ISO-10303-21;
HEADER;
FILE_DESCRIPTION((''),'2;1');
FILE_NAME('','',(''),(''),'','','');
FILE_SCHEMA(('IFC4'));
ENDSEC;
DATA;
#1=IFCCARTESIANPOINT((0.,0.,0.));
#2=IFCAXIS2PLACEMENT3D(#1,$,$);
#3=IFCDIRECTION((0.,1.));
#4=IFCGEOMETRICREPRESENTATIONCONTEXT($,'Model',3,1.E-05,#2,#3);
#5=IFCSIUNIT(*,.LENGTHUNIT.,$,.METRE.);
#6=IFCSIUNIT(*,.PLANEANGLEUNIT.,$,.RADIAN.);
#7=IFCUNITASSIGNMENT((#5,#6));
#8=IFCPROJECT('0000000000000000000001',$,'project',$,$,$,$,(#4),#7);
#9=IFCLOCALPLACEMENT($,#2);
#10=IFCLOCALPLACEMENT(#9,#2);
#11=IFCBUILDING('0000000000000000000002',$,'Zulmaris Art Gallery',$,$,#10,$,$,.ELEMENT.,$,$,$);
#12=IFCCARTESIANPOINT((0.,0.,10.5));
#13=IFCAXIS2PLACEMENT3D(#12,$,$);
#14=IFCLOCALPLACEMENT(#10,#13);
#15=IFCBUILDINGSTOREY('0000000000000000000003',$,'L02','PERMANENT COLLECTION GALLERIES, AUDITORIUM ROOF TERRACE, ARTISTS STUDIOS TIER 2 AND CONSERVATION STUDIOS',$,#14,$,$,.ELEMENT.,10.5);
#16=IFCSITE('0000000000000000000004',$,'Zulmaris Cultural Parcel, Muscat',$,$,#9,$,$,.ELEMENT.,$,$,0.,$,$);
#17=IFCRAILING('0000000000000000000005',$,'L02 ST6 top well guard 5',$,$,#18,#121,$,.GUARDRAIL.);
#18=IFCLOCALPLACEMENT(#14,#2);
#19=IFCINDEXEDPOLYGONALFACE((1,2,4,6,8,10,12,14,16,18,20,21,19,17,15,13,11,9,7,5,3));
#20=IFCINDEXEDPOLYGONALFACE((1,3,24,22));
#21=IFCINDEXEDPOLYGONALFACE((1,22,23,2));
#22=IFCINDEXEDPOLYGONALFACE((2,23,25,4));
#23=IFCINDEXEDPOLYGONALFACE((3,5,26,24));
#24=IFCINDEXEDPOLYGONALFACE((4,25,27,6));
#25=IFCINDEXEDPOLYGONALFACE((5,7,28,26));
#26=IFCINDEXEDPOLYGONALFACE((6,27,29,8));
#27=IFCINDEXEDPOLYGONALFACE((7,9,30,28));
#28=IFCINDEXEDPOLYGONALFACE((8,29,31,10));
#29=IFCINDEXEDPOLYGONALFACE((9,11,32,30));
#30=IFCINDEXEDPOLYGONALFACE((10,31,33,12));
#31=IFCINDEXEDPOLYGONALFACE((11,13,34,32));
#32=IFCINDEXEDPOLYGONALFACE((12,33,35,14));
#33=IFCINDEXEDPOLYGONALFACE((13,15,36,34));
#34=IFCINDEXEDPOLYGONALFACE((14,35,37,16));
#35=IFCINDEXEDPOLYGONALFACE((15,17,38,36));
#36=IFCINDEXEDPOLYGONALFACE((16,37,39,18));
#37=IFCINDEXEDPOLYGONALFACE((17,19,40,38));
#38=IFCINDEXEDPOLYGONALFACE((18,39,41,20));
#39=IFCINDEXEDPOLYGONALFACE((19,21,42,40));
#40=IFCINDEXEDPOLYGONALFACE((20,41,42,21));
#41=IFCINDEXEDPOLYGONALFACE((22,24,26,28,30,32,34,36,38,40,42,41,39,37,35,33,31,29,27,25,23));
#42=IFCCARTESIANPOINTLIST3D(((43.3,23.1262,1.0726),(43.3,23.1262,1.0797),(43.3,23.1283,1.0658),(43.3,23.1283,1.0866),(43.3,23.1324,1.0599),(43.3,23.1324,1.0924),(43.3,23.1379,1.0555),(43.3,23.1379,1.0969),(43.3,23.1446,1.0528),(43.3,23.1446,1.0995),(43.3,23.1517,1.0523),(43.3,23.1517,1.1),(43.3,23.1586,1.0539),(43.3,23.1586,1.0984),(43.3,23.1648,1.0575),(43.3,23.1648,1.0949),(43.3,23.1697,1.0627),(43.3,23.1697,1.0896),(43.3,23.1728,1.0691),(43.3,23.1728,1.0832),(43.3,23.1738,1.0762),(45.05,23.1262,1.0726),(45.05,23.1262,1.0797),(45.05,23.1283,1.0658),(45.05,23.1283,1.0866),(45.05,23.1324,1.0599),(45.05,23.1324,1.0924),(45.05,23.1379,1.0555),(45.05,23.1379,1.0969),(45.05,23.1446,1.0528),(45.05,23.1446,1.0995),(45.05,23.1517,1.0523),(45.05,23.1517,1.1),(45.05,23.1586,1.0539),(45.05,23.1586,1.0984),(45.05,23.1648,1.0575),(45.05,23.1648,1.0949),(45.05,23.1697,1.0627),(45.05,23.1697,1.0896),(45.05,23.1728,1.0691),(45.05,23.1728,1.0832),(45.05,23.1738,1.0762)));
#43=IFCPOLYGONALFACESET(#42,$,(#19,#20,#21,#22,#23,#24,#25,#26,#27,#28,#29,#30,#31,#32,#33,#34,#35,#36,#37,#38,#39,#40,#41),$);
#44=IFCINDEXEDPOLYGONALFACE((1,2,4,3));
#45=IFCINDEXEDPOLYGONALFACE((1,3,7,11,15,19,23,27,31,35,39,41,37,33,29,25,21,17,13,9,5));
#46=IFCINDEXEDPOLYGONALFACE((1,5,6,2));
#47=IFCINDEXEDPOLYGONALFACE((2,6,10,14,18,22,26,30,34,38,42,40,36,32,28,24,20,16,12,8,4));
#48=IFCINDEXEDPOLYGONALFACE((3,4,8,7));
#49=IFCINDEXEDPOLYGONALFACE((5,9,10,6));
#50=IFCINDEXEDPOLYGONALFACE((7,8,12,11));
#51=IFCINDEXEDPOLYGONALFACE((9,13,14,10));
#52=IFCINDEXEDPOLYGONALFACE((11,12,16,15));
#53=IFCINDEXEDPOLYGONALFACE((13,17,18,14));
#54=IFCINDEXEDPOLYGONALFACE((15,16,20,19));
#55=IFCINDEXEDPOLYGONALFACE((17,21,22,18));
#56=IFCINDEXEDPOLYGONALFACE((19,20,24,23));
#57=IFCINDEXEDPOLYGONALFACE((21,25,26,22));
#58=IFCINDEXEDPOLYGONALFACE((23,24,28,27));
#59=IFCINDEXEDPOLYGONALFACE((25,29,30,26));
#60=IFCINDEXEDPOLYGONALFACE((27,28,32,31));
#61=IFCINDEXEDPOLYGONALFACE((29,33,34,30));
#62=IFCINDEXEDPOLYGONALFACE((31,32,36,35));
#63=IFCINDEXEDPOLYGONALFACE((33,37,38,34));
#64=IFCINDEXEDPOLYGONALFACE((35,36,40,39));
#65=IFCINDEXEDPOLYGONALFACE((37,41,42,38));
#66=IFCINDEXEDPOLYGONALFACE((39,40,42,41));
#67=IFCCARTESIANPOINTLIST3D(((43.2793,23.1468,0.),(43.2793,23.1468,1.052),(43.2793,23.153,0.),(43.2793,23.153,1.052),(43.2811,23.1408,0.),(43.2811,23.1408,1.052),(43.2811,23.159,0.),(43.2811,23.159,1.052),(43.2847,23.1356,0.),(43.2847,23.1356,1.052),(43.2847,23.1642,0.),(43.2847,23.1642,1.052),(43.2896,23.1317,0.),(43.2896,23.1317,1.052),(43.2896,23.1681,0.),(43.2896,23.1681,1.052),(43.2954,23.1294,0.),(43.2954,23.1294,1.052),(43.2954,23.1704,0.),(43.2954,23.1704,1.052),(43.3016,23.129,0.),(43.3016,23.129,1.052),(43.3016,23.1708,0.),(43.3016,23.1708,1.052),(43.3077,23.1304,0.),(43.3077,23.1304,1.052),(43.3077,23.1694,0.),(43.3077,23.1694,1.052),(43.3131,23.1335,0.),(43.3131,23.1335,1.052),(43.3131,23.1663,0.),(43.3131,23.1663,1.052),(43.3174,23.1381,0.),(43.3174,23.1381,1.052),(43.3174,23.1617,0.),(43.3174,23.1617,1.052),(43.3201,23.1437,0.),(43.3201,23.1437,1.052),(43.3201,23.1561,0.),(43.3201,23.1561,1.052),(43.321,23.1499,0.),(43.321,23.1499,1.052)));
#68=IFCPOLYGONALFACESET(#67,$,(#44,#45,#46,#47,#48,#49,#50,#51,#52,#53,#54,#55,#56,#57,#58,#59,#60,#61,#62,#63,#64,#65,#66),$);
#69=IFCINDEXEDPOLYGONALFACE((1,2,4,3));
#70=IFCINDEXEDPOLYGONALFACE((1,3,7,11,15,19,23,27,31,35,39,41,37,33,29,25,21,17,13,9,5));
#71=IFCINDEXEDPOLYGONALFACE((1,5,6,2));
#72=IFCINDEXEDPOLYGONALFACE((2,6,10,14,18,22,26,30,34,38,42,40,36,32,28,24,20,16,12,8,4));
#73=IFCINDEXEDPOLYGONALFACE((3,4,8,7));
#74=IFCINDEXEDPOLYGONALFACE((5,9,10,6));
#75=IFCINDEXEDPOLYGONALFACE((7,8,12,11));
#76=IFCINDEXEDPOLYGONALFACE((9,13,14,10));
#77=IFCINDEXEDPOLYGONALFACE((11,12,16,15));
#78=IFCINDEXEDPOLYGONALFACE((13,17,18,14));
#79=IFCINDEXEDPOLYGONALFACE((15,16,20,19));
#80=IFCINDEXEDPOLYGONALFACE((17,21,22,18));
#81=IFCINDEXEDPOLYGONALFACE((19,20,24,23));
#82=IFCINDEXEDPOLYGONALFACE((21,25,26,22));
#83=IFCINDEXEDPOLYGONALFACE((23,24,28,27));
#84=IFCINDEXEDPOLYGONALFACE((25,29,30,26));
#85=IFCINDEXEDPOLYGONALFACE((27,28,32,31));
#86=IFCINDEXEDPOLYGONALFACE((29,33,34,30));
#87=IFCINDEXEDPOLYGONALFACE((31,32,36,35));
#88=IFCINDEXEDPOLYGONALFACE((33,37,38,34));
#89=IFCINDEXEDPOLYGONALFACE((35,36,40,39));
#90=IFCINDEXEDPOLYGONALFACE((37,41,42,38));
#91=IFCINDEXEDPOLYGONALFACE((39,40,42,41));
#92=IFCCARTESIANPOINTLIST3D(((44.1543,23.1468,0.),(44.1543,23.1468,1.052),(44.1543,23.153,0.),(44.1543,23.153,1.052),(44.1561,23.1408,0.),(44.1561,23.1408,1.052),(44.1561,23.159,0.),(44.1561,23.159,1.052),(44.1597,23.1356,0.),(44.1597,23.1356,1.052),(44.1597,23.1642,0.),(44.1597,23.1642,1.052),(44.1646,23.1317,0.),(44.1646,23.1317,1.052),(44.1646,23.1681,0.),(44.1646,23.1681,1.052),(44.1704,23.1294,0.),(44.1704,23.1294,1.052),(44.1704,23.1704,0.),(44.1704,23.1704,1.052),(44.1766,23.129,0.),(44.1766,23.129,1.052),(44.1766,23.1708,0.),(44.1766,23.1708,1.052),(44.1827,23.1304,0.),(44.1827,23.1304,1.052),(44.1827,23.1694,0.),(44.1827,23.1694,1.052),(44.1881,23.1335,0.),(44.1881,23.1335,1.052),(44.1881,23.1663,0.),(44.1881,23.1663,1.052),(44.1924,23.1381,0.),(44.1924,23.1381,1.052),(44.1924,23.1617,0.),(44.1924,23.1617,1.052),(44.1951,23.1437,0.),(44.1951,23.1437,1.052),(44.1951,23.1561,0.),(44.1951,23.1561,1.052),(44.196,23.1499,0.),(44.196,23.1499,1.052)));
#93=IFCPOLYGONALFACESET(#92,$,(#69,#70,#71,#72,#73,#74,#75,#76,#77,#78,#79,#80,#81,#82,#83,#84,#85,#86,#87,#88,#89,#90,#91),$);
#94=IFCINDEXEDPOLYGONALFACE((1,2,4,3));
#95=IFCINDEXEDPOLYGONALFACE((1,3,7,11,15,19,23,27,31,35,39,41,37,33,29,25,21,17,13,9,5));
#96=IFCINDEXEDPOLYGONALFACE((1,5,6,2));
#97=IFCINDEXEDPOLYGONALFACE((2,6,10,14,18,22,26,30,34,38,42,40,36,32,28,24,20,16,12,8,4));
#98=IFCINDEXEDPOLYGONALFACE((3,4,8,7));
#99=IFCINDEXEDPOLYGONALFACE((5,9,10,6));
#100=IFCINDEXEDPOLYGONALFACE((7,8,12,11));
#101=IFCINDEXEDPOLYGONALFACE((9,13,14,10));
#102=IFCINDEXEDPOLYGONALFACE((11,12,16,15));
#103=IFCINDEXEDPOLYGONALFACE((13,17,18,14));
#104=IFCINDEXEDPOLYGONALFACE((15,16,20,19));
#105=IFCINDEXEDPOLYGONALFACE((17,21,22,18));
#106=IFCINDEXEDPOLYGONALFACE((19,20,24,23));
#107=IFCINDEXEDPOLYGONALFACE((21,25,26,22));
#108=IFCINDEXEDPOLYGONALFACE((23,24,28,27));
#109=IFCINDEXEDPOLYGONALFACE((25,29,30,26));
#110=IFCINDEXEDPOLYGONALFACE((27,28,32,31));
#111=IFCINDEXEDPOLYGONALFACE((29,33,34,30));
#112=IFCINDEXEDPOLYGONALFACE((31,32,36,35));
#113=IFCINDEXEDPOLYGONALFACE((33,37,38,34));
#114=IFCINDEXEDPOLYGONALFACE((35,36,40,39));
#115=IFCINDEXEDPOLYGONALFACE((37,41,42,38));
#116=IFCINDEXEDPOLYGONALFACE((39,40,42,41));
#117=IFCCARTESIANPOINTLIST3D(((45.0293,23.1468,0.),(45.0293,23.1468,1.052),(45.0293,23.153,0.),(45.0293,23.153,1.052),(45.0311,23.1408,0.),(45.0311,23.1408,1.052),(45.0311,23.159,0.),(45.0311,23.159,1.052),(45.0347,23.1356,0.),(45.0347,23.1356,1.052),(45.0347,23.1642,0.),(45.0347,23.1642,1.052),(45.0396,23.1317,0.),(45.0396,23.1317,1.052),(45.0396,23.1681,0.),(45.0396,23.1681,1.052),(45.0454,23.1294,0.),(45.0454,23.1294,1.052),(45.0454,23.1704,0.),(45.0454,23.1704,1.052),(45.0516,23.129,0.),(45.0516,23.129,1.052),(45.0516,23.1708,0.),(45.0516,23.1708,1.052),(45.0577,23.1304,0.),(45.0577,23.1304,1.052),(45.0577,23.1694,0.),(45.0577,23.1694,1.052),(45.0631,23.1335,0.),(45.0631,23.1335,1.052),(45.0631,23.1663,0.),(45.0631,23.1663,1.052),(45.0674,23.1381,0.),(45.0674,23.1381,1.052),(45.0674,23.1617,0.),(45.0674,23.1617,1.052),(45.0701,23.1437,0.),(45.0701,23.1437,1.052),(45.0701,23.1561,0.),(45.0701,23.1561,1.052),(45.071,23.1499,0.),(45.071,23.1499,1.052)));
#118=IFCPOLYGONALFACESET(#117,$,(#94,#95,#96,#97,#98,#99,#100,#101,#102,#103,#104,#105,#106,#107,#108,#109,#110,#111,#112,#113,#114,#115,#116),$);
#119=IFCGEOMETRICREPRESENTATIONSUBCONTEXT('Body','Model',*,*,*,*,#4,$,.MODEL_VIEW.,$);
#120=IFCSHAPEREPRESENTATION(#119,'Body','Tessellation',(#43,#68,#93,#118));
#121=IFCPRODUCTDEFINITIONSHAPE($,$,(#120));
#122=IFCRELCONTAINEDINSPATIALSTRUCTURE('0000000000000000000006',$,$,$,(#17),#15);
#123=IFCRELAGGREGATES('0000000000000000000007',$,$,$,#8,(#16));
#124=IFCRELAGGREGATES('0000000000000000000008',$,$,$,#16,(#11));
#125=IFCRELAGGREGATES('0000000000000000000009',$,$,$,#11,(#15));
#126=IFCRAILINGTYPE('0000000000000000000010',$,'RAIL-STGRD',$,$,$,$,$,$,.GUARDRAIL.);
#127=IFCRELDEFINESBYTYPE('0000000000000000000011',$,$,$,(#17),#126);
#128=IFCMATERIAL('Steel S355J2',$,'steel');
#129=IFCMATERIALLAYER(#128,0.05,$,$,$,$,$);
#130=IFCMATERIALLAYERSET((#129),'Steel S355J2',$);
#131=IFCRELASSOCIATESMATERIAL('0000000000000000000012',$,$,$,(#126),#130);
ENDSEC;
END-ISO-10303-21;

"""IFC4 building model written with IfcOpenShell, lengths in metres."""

from ifc_helpers import new_model, si_unit, direction, frame, origin, origin_2d, place, context, subcontext, project, spatial, circle, extrude, material, layer, layer_set, type_object, element, save


model = new_model("IFC4")

# Units and contexts
model_context = context("Model", 3, precision=1e-05, world=origin(), true_north=direction((0.0, 1.0)))
body_context = subcontext(model_context, "Body", "Model", "MODEL_VIEW")
ifc_project = project(units=[si_unit("LENGTHUNIT", "METRE"), si_unit("PLANEANGLEUNIT", "RADIAN")], contexts=[model_context])

# Site, building, storey
site_placement = place(None, origin())
site = spatial("IfcSite", under=ifc_project, at=site_placement, Name="Zulmaris Cultural Parcel, Muscat", CompositionType="ELEMENT", RefElevation=0.0)
building_placement = place(site_placement, origin())
building = spatial("IfcBuilding", under=site, at=building_placement, Name="Zulmaris Art Gallery", CompositionType="ELEMENT")
storey_placement = place(building_placement, frame((0.0, 0.0, 10.5)))
storey = spatial("IfcBuildingStorey", under=building, at=storey_placement, Name="L02", Description="PERMANENT COLLECTION GALLERIES, AUDITORIUM ROOF TERRACE, ARTISTS STUDIOS TIER 2 AND CONSERVATION STUDIOS", CompositionType="ELEMENT", Elevation=10.5)

# Shared definitions
ifc_material_1 = material(Name="Steel S355J2", Category="steel")

# Railing
ifc_layer_1 = layer(ifc_material_1, 0.05)
ifc_layer_set_1 = layer_set([ifc_layer_1], Name="Steel S355J2")
railing_type = type_object("IfcRailingType", Name="RAIL-STGRD", PredefinedType="GUARDRAIL", material=ifc_layer_set_1)
for number, where, name in (
    (1, (43.3, 23.1499, 0.0), "L02 ST6 top well guard 5"),
):
    element("IfcRailing", number, at=place(storey_placement, frame(where)), inside=storey, type_object=railing_type, Name=name, PredefinedType="GUARDRAIL", context=body_context, shape_type="SweptSolid", body=[
        extrude(circle(Radius=0.0239, at=origin_2d()), frame((0.0, 0.0, 1.0762), z_axis=(1.0, 0.0, 0.0), x_axis=(0.0, 1.0, 0.0)), (0.0, 0.0, 1.0), 1.75),
        extrude(circle(Radius=0.021, at=origin_2d()), origin(), (0.0, 0.0, 1.0), 1.052),
        extrude(circle(Radius=0.021, at=origin_2d()), frame((0.875, 0.0, 0.0)), (0.0, 0.0, 1.0), 1.052),
        extrude(circle(Radius=0.021, at=origin_2d()), frame((1.75, 0.0, 0.0)), (0.0, 0.0, 1.0), 1.052),
    ])

save(model, "model.ifc")
